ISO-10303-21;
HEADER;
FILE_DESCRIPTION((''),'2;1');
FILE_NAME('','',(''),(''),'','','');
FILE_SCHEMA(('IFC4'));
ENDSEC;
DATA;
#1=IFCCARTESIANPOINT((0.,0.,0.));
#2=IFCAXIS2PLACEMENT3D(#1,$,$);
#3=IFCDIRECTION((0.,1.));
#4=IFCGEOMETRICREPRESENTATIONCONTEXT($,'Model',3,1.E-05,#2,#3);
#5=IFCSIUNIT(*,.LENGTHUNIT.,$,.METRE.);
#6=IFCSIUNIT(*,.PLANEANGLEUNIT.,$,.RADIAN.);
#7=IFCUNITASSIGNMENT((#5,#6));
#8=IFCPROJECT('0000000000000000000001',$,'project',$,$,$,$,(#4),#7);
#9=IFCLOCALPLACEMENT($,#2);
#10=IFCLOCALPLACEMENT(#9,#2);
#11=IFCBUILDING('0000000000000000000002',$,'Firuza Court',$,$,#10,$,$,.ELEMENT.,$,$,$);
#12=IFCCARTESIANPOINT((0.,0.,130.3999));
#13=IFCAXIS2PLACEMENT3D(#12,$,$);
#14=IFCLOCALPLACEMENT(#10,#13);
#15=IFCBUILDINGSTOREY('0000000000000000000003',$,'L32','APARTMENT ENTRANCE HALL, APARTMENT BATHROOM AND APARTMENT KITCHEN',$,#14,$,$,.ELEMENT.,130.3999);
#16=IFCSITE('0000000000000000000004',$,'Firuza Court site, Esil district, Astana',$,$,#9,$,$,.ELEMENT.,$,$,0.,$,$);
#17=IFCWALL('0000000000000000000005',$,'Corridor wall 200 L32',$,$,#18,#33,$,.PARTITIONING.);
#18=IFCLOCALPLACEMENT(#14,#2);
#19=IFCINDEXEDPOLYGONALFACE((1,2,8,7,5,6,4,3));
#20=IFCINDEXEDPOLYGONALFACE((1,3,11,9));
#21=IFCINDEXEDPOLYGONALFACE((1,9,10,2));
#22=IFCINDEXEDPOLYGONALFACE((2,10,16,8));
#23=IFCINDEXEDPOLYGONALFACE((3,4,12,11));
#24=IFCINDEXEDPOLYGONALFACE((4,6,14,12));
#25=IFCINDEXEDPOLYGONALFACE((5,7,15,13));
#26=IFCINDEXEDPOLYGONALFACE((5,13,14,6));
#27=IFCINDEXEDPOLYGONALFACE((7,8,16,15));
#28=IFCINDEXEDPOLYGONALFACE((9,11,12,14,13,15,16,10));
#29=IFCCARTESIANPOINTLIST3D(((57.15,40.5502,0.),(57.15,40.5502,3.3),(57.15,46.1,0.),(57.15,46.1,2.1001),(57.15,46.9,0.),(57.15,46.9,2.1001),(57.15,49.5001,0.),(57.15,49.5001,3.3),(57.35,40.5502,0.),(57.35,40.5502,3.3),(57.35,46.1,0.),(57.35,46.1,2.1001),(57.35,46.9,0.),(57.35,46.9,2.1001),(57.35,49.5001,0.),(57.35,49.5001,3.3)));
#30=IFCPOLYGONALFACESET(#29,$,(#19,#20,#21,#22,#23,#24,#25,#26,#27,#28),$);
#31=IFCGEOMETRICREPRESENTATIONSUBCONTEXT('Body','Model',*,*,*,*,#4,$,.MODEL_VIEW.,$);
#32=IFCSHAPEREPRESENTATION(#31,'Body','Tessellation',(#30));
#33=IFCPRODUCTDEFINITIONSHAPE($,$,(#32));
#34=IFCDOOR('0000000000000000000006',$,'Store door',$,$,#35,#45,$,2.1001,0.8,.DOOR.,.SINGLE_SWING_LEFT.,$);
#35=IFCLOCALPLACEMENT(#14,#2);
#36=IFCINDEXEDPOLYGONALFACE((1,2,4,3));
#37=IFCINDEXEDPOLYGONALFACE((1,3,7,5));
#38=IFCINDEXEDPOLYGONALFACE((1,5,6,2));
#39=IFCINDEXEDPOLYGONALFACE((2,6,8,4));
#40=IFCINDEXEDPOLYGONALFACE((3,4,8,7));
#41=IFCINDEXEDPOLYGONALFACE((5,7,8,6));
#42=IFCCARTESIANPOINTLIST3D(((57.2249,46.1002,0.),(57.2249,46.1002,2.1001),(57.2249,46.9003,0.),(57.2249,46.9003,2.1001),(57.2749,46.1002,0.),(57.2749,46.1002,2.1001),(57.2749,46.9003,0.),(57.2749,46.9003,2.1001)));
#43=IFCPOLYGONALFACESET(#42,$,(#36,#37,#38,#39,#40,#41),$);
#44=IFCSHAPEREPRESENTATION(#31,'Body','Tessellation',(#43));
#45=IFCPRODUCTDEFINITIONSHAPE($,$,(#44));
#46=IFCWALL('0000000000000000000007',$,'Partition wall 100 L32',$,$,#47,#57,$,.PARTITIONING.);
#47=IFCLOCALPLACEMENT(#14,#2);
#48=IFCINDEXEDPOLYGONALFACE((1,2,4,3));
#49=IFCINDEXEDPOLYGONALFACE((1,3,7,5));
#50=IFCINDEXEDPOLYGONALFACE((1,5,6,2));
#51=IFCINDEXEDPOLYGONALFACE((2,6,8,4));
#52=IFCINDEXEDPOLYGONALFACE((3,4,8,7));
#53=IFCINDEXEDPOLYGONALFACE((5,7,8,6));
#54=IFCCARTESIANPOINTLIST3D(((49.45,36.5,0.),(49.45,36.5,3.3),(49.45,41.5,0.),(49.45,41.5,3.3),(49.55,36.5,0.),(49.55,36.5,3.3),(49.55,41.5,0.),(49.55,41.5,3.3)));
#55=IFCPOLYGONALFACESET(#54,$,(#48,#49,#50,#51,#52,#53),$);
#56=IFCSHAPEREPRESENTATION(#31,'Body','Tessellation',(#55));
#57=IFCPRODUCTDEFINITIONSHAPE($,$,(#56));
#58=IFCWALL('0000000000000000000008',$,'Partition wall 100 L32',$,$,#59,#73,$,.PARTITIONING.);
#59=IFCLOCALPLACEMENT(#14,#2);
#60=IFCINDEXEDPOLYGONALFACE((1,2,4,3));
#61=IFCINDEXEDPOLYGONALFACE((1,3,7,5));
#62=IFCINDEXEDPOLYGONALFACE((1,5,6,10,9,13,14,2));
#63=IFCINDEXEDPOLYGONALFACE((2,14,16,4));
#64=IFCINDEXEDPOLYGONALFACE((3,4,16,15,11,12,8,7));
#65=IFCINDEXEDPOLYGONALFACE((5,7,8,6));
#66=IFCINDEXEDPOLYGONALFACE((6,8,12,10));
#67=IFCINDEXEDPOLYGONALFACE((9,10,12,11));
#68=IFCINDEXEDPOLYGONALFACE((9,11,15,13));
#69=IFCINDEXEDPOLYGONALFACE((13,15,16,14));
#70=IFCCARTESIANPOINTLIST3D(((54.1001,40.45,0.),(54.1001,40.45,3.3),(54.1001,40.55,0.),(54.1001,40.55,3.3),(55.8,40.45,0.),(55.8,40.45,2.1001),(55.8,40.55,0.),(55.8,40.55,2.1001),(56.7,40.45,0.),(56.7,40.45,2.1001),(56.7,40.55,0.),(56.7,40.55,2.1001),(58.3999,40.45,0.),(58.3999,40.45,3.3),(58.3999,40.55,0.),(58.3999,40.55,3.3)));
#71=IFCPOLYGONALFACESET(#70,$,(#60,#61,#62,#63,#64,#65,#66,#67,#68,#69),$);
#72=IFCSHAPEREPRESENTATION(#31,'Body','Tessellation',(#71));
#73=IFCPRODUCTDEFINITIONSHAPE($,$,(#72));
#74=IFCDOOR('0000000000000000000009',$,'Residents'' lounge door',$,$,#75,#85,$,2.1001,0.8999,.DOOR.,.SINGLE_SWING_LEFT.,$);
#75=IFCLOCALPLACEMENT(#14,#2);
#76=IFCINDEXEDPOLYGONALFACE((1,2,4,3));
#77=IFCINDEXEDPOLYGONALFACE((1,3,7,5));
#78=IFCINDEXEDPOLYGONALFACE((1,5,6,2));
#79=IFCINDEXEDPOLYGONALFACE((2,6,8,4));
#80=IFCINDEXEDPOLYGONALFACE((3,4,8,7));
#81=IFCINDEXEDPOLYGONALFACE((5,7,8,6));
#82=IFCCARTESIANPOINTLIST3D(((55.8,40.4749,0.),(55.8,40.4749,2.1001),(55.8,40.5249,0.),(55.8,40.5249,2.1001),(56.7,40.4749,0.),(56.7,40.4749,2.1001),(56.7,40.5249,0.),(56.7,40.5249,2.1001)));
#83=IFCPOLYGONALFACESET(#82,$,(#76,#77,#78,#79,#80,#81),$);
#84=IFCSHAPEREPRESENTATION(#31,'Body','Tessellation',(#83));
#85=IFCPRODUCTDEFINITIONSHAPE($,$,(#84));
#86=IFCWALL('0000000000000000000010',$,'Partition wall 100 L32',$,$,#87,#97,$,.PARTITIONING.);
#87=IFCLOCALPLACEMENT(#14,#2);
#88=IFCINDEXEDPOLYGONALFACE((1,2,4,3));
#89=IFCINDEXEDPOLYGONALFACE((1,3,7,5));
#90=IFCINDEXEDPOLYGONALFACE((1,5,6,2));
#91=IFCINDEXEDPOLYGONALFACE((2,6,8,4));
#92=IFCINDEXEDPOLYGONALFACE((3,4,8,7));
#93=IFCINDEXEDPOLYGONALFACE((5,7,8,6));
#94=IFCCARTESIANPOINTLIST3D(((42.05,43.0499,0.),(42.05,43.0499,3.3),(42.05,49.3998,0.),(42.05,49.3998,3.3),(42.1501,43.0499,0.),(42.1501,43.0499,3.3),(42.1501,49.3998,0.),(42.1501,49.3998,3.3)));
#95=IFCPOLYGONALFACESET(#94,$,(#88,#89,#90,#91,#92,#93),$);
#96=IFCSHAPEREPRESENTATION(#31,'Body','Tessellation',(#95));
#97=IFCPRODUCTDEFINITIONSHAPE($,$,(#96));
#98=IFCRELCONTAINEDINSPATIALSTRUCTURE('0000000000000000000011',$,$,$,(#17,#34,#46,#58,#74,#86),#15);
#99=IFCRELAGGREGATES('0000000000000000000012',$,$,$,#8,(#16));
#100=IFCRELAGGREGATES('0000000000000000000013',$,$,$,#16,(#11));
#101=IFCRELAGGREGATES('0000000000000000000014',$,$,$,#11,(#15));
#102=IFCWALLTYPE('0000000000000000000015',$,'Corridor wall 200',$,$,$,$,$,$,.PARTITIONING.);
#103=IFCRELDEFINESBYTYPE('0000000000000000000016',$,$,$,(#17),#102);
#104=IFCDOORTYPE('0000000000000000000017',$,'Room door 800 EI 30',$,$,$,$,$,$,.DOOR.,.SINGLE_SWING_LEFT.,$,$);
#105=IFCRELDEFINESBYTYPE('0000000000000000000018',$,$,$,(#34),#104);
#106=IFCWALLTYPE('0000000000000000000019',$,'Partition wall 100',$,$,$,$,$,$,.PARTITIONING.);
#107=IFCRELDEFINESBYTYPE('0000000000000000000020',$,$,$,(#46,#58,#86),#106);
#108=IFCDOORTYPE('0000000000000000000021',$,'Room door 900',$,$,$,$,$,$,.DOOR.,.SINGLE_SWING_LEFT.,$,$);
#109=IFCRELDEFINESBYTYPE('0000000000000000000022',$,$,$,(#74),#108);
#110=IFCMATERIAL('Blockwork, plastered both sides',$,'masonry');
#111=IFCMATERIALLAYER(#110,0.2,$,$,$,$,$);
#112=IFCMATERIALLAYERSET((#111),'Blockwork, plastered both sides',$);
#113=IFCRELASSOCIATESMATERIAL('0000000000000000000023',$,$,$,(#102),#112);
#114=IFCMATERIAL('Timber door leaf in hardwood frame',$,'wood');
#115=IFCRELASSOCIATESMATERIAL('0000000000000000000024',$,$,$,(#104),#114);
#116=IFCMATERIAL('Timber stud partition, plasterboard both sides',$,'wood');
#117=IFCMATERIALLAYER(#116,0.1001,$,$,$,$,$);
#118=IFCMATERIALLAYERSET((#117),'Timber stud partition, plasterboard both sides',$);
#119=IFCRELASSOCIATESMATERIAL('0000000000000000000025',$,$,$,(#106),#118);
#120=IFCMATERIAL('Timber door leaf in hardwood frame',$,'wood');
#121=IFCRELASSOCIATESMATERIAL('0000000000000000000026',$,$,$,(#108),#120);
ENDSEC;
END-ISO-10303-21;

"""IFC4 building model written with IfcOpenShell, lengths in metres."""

from ifc_helpers import new_model, si_unit, direction, frame, frame_2d, origin, place, context, subcontext, project, spatial, rectangle, extrude, material, layer, layer_set, type_object, element, fill, save


model = new_model("IFC4")

# Units and contexts
model_context = context("Model", 3, precision=1e-05, world=origin(), true_north=direction((0.0, 1.0)))
body_context = subcontext(model_context, "Body", "Model", "MODEL_VIEW")
ifc_project = project(units=[si_unit("LENGTHUNIT", "METRE"), si_unit("PLANEANGLEUNIT", "RADIAN")], contexts=[model_context])

# Site, building, storey
site_placement = place(None, origin())
site = spatial("IfcSite", under=ifc_project, at=site_placement, Name="Firuza Court site, Esil district, Astana", CompositionType="ELEMENT", RefElevation=0.0)
building_placement = place(site_placement, origin())
building = spatial("IfcBuilding", under=site, at=building_placement, Name="Firuza Court", CompositionType="ELEMENT")
storey_placement = place(building_placement, frame((0.0, 0.0, 130.3999)))
storey = spatial("IfcBuildingStorey", under=building, at=storey_placement, Name="L32", Description="APARTMENT ENTRANCE HALL, APARTMENT BATHROOM AND APARTMENT KITCHEN", CompositionType="ELEMENT", Elevation=130.3999)

# Wall, opening, door
ifc_material_1 = material(Name="Blockwork, plastered both sides", Category="masonry")
ifc_layer_1 = layer(ifc_material_1, 0.2)
ifc_layer_set_1 = layer_set([ifc_layer_1], Name="Blockwork, plastered both sides")
wall_type_1 = type_object("IfcWallType", Name="Corridor wall 200", PredefinedType="PARTITIONING", material=ifc_layer_set_1)
ifc_material_2 = material(Name="Timber door leaf in hardwood frame", Category="wood")
door_type_1 = type_object("IfcDoorType", Name="Room door 800 EI 30", OperationType="SINGLE_SWING_LEFT", PredefinedType="DOOR", material=ifc_material_2)
wall_1_placement = place(storey_placement, frame((57.25, 40.55, 0.0), z_axis=(0.0, 0.0, 1.0), x_axis=(0.0, 1.0, 0.0)))
wall_1 = element("IfcWall", 1, at=wall_1_placement, inside=storey, type_object=wall_type_1, Name="Corridor wall 200 L32", PredefinedType="PARTITIONING", context=body_context, shape_type="SweptSolid", body=[
    extrude(rectangle(XDim=8.95, YDim=0.2, at=frame_2d((4.4751, 0.0))), origin(), (0.0, 0.0, 1.0), 3.3),
])
opening_1_placement = place(wall_1_placement, frame((5.55, 0.0, 0.0)))
opening_1 = element("IfcOpeningElement", 2, at=opening_1_placement, cuts=wall_1, PredefinedType="OPENING", context=body_context, shape_type="SweptSolid", body=[
    extrude(rectangle(XDim=0.8, YDim=2.1001, at=frame_2d((0.3999, 1.05))), frame((0.0, 0.1118, 0.0), z_axis=(0.0, -1.0, 0.0), x_axis=(1.0, 0.0, 0.0)), (0.0, 0.0, 1.0), 0.2239),
])
door_1_placement = place(opening_1_placement, frame((0.8, 0.0, 0.0), z_axis=(0.0, 0.0, 1.0), x_axis=(-1.0, 0.0, 0.0)))
door_1 = element("IfcDoor", 3, at=door_1_placement, inside=storey, type_object=door_type_1, Name="Store door", OperationType="SINGLE_SWING_LEFT", OverallHeight=2.1001, OverallWidth=0.8, PredefinedType="DOOR", context=body_context, shape_type="SweptSolid", body=[
    extrude(rectangle(XDim=0.8, YDim=2.1001, at=frame_2d((0.3999, 1.05))), frame((0.0, 0.0249, 0.0), z_axis=(0.0, -1.0, 0.0), x_axis=(1.0, 0.0, 0.0)), (0.0, 0.0, 1.0), 0.05),
])
fill(opening_1, door_1)

# Wall
ifc_material_3 = material(Name="Timber stud partition, plasterboard both sides", Category="wood")
ifc_layer_2 = layer(ifc_material_3, 0.1001)
ifc_layer_set_2 = layer_set([ifc_layer_2], Name="Timber stud partition, plasterboard both sides")
wall_type_2 = type_object("IfcWallType", Name="Partition wall 100", PredefinedType="PARTITIONING", material=ifc_layer_set_2)
wall_2_placement = place(storey_placement, frame((49.5, 36.5, 0.0), z_axis=(0.0, 0.0, 1.0), x_axis=(0.0, 1.0, 0.0)))
element("IfcWall", 4, at=wall_2_placement, inside=storey, type_object=wall_type_2, Name="Partition wall 100 L32", PredefinedType="PARTITIONING", context=body_context, shape_type="SweptSolid", body=[
    extrude(rectangle(XDim=5.0, YDim=0.1001, at=frame_2d((2.5, 0.0))), origin(), (0.0, 0.0, 1.0), 3.3),
])

# Wall, opening, door
wall_3_placement = place(storey_placement, frame((54.1001, 40.5, 0.0), z_axis=(0.0, 0.0, 1.0), x_axis=(1.0, 0.0, 0.0)))
wall_3 = element("IfcWall", 5, at=wall_3_placement, inside=storey, type_object=wall_type_2, Name="Partition wall 100 L32", PredefinedType="PARTITIONING", context=body_context, shape_type="SweptSolid", body=[
    extrude(rectangle(XDim=4.2998, YDim=0.1001, at=frame_2d((2.1499, 0.0))), origin(), (0.0, 0.0, 1.0), 3.3),
])
opening_2_placement = place(wall_3_placement, frame((1.7, 0.0, 0.0)))
opening_2 = element("IfcOpeningElement", 6, at=opening_2_placement, cuts=wall_3, PredefinedType="OPENING", context=body_context, shape_type="SweptSolid", body=[
    extrude(rectangle(XDim=0.8999, YDim=2.1001, at=frame_2d((0.45, 1.05))), frame((0.0, 0.062, 0.0), z_axis=(0.0, -1.0, 0.0), x_axis=(1.0, 0.0, 0.0)), (0.0, 0.0, 1.0), 0.124),
])
ifc_material_4 = material(Name="Timber door leaf in hardwood frame", Category="wood")
door_type_2 = type_object("IfcDoorType", Name="Room door 900", OperationType="SINGLE_SWING_LEFT", PredefinedType="DOOR", material=ifc_material_4)
door_2_placement = place(opening_2_placement, origin())
door_2 = element("IfcDoor", 7, at=door_2_placement, inside=storey, type_object=door_type_2, Name="Residents' lounge door", OperationType="SINGLE_SWING_LEFT", OverallHeight=2.1001, OverallWidth=0.8999, PredefinedType="DOOR", context=body_context, shape_type="SweptSolid", body=[
    extrude(rectangle(XDim=0.8999, YDim=2.1001, at=frame_2d((0.45, 1.05))), frame((0.0, 0.0249, 0.0), z_axis=(0.0, -1.0, 0.0), x_axis=(1.0, 0.0, 0.0)), (0.0, 0.0, 1.0), 0.05),
])
fill(opening_2, door_2)

# Wall
wall_4_placement = place(storey_placement, frame((42.1001, 43.05, 0.0), z_axis=(0.0, 0.0, 1.0), x_axis=(0.0, 1.0, 0.0)))
element("IfcWall", 8, at=wall_4_placement, inside=storey, type_object=wall_type_2, Name="Partition wall 100 L32", PredefinedType="PARTITIONING", context=body_context, shape_type="SweptSolid", body=[
    extrude(rectangle(XDim=6.3499, YDim=0.1001, at=frame_2d((3.1748, 0.0))), origin(), (0.0, 0.0, 1.0), 3.3),
])

save(model, "model.ifc")
